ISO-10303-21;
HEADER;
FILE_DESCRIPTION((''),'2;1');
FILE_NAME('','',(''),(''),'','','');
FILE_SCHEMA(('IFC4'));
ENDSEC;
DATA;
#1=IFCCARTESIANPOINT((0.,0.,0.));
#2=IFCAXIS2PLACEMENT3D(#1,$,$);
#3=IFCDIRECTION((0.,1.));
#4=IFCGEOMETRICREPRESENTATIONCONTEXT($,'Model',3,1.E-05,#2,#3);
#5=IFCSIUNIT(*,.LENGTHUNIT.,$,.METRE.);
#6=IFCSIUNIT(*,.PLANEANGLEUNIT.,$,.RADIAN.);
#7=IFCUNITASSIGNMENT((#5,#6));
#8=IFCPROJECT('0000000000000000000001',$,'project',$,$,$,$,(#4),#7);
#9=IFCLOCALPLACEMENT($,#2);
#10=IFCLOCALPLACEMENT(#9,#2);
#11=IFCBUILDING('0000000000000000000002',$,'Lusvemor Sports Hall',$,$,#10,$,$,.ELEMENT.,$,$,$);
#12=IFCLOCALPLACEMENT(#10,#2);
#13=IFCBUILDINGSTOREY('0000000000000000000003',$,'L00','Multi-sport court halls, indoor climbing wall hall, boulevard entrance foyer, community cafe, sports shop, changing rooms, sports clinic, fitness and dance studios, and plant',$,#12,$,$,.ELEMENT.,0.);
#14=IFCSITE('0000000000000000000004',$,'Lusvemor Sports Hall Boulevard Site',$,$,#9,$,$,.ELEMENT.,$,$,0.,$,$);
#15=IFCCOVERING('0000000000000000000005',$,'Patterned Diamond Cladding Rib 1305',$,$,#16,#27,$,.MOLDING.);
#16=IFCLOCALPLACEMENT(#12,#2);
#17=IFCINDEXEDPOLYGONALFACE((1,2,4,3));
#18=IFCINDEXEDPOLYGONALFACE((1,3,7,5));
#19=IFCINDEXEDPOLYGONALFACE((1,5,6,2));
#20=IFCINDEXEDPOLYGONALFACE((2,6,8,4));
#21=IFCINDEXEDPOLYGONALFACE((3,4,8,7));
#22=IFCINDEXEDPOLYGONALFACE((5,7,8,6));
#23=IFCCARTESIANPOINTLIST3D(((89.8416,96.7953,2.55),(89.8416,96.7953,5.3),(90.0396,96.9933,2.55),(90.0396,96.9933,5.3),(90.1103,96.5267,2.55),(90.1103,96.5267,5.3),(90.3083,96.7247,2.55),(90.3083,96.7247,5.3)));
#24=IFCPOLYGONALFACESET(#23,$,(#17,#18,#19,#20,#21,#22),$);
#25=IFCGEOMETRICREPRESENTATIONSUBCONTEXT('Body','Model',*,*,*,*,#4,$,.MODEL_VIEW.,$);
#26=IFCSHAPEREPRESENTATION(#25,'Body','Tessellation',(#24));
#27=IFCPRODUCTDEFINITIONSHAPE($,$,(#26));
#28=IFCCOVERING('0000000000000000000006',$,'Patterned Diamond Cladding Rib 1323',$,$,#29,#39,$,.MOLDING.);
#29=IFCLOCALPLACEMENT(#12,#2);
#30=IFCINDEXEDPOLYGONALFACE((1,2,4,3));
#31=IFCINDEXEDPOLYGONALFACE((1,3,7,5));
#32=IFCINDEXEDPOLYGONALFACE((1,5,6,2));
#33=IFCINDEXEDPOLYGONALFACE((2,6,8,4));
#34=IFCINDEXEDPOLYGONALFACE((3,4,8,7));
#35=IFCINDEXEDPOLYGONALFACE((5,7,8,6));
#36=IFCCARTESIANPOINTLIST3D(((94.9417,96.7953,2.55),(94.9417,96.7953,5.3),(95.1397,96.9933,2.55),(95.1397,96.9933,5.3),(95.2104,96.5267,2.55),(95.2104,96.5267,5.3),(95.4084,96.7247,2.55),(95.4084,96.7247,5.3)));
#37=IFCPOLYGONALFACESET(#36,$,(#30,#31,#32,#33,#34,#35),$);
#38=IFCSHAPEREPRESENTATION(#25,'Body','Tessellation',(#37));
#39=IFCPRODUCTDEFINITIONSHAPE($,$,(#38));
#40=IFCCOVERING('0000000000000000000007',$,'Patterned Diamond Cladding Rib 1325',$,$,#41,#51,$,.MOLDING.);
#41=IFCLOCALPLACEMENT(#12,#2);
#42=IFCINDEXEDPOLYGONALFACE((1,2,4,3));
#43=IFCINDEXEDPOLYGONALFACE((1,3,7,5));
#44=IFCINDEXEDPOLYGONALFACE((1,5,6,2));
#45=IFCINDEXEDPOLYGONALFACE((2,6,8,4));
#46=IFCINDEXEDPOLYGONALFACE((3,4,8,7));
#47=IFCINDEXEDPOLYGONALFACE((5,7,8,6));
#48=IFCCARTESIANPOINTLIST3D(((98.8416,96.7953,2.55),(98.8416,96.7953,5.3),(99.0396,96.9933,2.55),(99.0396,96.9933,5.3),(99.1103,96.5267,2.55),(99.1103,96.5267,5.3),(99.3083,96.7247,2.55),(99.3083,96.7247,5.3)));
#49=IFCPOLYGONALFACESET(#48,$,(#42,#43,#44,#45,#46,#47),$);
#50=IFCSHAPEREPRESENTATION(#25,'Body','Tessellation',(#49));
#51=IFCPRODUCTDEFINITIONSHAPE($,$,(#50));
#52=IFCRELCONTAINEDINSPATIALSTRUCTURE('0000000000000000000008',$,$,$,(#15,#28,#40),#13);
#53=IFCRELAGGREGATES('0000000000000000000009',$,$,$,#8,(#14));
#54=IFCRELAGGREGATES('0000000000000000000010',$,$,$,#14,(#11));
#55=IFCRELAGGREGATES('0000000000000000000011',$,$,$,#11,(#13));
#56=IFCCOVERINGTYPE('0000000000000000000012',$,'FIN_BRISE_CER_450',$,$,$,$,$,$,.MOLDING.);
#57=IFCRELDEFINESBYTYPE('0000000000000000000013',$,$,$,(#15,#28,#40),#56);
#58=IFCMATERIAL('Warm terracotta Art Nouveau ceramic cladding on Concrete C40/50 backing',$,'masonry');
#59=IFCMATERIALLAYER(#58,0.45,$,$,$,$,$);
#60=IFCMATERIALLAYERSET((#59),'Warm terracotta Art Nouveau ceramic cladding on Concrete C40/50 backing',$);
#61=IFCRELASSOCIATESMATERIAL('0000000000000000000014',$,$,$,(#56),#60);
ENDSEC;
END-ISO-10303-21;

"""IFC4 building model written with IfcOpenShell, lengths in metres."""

from ifc_helpers import new_model, si_unit, direction, frame, origin, origin_2d, place, context, subcontext, project, spatial, rectangle, extrude, material, layer, layer_set, type_object, element, save


model = new_model("IFC4")

# Units and contexts
model_context = context("Model", 3, precision=1e-05, world=origin(), true_north=direction((0.0, 1.0)))
body_context = subcontext(model_context, "Body", "Model", "MODEL_VIEW")
ifc_project = project(units=[si_unit("LENGTHUNIT", "METRE"), si_unit("PLANEANGLEUNIT", "RADIAN")], contexts=[model_context])

# Site, building, storey
site_placement = place(None, origin())
site = spatial("IfcSite", under=ifc_project, at=site_placement, Name="Lusvemor Sports Hall Boulevard Site", CompositionType="ELEMENT", RefElevation=0.0)
building_placement = place(site_placement, origin())
building = spatial("IfcBuilding", under=site, at=building_placement, Name="Lusvemor Sports Hall", CompositionType="ELEMENT")
storey_placement = place(building_placement, origin())
storey = spatial("IfcBuildingStorey", under=building, at=storey_placement, Name="L00", Description="Multi-sport court halls, indoor climbing wall hall, boulevard entrance foyer, community cafe, sports shop, changing rooms, sports clinic, fitness and dance studios, and plant", CompositionType="ELEMENT", Elevation=0.0)

# Coverings
ifc_material_1 = material(Name="Warm terracotta Art Nouveau ceramic cladding on Concrete C40/50 backing", Category="masonry")
ifc_layer_1 = layer(ifc_material_1, 0.45)
ifc_layer_set_1 = layer_set([ifc_layer_1], Name="Warm terracotta Art Nouveau ceramic cladding on Concrete C40/50 backing")
covering_type_1 = type_object("IfcCoveringType", Name="FIN_BRISE_CER_450", PredefinedType="MOLDING", material=ifc_layer_set_1)
for number, where, z_axis, x_axis, name in (
    (1, (90.075, 96.76, 2.55), (0.0, 0.0, 1.0), (0.707107, 0.707107, 0.0), "Patterned Diamond Cladding Rib 1305"),
    (2, (95.175, 96.76, 2.55), (0.0, 0.0, 1.0), (0.707107, 0.707107, 0.0), "Patterned Diamond Cladding Rib 1323"),
    (3, (99.075, 96.76, 2.55), (0.0, 0.0, 1.0), (0.707107, 0.707107, 0.0), "Patterned Diamond Cladding Rib 1325"),
):
    element("IfcCovering", number, at=place(storey_placement, frame(where, z_axis=z_axis, x_axis=x_axis)), inside=storey, type_object=covering_type_1, Name=name, PredefinedType="MOLDING", context=body_context, shape_type="SweptSolid", body=[
        extrude(rectangle(XDim=0.28, YDim=0.3799, at=origin_2d()), origin(), (0.0, 0.0, 1.0), 2.75),
    ])

save(model, "model.ifc")
